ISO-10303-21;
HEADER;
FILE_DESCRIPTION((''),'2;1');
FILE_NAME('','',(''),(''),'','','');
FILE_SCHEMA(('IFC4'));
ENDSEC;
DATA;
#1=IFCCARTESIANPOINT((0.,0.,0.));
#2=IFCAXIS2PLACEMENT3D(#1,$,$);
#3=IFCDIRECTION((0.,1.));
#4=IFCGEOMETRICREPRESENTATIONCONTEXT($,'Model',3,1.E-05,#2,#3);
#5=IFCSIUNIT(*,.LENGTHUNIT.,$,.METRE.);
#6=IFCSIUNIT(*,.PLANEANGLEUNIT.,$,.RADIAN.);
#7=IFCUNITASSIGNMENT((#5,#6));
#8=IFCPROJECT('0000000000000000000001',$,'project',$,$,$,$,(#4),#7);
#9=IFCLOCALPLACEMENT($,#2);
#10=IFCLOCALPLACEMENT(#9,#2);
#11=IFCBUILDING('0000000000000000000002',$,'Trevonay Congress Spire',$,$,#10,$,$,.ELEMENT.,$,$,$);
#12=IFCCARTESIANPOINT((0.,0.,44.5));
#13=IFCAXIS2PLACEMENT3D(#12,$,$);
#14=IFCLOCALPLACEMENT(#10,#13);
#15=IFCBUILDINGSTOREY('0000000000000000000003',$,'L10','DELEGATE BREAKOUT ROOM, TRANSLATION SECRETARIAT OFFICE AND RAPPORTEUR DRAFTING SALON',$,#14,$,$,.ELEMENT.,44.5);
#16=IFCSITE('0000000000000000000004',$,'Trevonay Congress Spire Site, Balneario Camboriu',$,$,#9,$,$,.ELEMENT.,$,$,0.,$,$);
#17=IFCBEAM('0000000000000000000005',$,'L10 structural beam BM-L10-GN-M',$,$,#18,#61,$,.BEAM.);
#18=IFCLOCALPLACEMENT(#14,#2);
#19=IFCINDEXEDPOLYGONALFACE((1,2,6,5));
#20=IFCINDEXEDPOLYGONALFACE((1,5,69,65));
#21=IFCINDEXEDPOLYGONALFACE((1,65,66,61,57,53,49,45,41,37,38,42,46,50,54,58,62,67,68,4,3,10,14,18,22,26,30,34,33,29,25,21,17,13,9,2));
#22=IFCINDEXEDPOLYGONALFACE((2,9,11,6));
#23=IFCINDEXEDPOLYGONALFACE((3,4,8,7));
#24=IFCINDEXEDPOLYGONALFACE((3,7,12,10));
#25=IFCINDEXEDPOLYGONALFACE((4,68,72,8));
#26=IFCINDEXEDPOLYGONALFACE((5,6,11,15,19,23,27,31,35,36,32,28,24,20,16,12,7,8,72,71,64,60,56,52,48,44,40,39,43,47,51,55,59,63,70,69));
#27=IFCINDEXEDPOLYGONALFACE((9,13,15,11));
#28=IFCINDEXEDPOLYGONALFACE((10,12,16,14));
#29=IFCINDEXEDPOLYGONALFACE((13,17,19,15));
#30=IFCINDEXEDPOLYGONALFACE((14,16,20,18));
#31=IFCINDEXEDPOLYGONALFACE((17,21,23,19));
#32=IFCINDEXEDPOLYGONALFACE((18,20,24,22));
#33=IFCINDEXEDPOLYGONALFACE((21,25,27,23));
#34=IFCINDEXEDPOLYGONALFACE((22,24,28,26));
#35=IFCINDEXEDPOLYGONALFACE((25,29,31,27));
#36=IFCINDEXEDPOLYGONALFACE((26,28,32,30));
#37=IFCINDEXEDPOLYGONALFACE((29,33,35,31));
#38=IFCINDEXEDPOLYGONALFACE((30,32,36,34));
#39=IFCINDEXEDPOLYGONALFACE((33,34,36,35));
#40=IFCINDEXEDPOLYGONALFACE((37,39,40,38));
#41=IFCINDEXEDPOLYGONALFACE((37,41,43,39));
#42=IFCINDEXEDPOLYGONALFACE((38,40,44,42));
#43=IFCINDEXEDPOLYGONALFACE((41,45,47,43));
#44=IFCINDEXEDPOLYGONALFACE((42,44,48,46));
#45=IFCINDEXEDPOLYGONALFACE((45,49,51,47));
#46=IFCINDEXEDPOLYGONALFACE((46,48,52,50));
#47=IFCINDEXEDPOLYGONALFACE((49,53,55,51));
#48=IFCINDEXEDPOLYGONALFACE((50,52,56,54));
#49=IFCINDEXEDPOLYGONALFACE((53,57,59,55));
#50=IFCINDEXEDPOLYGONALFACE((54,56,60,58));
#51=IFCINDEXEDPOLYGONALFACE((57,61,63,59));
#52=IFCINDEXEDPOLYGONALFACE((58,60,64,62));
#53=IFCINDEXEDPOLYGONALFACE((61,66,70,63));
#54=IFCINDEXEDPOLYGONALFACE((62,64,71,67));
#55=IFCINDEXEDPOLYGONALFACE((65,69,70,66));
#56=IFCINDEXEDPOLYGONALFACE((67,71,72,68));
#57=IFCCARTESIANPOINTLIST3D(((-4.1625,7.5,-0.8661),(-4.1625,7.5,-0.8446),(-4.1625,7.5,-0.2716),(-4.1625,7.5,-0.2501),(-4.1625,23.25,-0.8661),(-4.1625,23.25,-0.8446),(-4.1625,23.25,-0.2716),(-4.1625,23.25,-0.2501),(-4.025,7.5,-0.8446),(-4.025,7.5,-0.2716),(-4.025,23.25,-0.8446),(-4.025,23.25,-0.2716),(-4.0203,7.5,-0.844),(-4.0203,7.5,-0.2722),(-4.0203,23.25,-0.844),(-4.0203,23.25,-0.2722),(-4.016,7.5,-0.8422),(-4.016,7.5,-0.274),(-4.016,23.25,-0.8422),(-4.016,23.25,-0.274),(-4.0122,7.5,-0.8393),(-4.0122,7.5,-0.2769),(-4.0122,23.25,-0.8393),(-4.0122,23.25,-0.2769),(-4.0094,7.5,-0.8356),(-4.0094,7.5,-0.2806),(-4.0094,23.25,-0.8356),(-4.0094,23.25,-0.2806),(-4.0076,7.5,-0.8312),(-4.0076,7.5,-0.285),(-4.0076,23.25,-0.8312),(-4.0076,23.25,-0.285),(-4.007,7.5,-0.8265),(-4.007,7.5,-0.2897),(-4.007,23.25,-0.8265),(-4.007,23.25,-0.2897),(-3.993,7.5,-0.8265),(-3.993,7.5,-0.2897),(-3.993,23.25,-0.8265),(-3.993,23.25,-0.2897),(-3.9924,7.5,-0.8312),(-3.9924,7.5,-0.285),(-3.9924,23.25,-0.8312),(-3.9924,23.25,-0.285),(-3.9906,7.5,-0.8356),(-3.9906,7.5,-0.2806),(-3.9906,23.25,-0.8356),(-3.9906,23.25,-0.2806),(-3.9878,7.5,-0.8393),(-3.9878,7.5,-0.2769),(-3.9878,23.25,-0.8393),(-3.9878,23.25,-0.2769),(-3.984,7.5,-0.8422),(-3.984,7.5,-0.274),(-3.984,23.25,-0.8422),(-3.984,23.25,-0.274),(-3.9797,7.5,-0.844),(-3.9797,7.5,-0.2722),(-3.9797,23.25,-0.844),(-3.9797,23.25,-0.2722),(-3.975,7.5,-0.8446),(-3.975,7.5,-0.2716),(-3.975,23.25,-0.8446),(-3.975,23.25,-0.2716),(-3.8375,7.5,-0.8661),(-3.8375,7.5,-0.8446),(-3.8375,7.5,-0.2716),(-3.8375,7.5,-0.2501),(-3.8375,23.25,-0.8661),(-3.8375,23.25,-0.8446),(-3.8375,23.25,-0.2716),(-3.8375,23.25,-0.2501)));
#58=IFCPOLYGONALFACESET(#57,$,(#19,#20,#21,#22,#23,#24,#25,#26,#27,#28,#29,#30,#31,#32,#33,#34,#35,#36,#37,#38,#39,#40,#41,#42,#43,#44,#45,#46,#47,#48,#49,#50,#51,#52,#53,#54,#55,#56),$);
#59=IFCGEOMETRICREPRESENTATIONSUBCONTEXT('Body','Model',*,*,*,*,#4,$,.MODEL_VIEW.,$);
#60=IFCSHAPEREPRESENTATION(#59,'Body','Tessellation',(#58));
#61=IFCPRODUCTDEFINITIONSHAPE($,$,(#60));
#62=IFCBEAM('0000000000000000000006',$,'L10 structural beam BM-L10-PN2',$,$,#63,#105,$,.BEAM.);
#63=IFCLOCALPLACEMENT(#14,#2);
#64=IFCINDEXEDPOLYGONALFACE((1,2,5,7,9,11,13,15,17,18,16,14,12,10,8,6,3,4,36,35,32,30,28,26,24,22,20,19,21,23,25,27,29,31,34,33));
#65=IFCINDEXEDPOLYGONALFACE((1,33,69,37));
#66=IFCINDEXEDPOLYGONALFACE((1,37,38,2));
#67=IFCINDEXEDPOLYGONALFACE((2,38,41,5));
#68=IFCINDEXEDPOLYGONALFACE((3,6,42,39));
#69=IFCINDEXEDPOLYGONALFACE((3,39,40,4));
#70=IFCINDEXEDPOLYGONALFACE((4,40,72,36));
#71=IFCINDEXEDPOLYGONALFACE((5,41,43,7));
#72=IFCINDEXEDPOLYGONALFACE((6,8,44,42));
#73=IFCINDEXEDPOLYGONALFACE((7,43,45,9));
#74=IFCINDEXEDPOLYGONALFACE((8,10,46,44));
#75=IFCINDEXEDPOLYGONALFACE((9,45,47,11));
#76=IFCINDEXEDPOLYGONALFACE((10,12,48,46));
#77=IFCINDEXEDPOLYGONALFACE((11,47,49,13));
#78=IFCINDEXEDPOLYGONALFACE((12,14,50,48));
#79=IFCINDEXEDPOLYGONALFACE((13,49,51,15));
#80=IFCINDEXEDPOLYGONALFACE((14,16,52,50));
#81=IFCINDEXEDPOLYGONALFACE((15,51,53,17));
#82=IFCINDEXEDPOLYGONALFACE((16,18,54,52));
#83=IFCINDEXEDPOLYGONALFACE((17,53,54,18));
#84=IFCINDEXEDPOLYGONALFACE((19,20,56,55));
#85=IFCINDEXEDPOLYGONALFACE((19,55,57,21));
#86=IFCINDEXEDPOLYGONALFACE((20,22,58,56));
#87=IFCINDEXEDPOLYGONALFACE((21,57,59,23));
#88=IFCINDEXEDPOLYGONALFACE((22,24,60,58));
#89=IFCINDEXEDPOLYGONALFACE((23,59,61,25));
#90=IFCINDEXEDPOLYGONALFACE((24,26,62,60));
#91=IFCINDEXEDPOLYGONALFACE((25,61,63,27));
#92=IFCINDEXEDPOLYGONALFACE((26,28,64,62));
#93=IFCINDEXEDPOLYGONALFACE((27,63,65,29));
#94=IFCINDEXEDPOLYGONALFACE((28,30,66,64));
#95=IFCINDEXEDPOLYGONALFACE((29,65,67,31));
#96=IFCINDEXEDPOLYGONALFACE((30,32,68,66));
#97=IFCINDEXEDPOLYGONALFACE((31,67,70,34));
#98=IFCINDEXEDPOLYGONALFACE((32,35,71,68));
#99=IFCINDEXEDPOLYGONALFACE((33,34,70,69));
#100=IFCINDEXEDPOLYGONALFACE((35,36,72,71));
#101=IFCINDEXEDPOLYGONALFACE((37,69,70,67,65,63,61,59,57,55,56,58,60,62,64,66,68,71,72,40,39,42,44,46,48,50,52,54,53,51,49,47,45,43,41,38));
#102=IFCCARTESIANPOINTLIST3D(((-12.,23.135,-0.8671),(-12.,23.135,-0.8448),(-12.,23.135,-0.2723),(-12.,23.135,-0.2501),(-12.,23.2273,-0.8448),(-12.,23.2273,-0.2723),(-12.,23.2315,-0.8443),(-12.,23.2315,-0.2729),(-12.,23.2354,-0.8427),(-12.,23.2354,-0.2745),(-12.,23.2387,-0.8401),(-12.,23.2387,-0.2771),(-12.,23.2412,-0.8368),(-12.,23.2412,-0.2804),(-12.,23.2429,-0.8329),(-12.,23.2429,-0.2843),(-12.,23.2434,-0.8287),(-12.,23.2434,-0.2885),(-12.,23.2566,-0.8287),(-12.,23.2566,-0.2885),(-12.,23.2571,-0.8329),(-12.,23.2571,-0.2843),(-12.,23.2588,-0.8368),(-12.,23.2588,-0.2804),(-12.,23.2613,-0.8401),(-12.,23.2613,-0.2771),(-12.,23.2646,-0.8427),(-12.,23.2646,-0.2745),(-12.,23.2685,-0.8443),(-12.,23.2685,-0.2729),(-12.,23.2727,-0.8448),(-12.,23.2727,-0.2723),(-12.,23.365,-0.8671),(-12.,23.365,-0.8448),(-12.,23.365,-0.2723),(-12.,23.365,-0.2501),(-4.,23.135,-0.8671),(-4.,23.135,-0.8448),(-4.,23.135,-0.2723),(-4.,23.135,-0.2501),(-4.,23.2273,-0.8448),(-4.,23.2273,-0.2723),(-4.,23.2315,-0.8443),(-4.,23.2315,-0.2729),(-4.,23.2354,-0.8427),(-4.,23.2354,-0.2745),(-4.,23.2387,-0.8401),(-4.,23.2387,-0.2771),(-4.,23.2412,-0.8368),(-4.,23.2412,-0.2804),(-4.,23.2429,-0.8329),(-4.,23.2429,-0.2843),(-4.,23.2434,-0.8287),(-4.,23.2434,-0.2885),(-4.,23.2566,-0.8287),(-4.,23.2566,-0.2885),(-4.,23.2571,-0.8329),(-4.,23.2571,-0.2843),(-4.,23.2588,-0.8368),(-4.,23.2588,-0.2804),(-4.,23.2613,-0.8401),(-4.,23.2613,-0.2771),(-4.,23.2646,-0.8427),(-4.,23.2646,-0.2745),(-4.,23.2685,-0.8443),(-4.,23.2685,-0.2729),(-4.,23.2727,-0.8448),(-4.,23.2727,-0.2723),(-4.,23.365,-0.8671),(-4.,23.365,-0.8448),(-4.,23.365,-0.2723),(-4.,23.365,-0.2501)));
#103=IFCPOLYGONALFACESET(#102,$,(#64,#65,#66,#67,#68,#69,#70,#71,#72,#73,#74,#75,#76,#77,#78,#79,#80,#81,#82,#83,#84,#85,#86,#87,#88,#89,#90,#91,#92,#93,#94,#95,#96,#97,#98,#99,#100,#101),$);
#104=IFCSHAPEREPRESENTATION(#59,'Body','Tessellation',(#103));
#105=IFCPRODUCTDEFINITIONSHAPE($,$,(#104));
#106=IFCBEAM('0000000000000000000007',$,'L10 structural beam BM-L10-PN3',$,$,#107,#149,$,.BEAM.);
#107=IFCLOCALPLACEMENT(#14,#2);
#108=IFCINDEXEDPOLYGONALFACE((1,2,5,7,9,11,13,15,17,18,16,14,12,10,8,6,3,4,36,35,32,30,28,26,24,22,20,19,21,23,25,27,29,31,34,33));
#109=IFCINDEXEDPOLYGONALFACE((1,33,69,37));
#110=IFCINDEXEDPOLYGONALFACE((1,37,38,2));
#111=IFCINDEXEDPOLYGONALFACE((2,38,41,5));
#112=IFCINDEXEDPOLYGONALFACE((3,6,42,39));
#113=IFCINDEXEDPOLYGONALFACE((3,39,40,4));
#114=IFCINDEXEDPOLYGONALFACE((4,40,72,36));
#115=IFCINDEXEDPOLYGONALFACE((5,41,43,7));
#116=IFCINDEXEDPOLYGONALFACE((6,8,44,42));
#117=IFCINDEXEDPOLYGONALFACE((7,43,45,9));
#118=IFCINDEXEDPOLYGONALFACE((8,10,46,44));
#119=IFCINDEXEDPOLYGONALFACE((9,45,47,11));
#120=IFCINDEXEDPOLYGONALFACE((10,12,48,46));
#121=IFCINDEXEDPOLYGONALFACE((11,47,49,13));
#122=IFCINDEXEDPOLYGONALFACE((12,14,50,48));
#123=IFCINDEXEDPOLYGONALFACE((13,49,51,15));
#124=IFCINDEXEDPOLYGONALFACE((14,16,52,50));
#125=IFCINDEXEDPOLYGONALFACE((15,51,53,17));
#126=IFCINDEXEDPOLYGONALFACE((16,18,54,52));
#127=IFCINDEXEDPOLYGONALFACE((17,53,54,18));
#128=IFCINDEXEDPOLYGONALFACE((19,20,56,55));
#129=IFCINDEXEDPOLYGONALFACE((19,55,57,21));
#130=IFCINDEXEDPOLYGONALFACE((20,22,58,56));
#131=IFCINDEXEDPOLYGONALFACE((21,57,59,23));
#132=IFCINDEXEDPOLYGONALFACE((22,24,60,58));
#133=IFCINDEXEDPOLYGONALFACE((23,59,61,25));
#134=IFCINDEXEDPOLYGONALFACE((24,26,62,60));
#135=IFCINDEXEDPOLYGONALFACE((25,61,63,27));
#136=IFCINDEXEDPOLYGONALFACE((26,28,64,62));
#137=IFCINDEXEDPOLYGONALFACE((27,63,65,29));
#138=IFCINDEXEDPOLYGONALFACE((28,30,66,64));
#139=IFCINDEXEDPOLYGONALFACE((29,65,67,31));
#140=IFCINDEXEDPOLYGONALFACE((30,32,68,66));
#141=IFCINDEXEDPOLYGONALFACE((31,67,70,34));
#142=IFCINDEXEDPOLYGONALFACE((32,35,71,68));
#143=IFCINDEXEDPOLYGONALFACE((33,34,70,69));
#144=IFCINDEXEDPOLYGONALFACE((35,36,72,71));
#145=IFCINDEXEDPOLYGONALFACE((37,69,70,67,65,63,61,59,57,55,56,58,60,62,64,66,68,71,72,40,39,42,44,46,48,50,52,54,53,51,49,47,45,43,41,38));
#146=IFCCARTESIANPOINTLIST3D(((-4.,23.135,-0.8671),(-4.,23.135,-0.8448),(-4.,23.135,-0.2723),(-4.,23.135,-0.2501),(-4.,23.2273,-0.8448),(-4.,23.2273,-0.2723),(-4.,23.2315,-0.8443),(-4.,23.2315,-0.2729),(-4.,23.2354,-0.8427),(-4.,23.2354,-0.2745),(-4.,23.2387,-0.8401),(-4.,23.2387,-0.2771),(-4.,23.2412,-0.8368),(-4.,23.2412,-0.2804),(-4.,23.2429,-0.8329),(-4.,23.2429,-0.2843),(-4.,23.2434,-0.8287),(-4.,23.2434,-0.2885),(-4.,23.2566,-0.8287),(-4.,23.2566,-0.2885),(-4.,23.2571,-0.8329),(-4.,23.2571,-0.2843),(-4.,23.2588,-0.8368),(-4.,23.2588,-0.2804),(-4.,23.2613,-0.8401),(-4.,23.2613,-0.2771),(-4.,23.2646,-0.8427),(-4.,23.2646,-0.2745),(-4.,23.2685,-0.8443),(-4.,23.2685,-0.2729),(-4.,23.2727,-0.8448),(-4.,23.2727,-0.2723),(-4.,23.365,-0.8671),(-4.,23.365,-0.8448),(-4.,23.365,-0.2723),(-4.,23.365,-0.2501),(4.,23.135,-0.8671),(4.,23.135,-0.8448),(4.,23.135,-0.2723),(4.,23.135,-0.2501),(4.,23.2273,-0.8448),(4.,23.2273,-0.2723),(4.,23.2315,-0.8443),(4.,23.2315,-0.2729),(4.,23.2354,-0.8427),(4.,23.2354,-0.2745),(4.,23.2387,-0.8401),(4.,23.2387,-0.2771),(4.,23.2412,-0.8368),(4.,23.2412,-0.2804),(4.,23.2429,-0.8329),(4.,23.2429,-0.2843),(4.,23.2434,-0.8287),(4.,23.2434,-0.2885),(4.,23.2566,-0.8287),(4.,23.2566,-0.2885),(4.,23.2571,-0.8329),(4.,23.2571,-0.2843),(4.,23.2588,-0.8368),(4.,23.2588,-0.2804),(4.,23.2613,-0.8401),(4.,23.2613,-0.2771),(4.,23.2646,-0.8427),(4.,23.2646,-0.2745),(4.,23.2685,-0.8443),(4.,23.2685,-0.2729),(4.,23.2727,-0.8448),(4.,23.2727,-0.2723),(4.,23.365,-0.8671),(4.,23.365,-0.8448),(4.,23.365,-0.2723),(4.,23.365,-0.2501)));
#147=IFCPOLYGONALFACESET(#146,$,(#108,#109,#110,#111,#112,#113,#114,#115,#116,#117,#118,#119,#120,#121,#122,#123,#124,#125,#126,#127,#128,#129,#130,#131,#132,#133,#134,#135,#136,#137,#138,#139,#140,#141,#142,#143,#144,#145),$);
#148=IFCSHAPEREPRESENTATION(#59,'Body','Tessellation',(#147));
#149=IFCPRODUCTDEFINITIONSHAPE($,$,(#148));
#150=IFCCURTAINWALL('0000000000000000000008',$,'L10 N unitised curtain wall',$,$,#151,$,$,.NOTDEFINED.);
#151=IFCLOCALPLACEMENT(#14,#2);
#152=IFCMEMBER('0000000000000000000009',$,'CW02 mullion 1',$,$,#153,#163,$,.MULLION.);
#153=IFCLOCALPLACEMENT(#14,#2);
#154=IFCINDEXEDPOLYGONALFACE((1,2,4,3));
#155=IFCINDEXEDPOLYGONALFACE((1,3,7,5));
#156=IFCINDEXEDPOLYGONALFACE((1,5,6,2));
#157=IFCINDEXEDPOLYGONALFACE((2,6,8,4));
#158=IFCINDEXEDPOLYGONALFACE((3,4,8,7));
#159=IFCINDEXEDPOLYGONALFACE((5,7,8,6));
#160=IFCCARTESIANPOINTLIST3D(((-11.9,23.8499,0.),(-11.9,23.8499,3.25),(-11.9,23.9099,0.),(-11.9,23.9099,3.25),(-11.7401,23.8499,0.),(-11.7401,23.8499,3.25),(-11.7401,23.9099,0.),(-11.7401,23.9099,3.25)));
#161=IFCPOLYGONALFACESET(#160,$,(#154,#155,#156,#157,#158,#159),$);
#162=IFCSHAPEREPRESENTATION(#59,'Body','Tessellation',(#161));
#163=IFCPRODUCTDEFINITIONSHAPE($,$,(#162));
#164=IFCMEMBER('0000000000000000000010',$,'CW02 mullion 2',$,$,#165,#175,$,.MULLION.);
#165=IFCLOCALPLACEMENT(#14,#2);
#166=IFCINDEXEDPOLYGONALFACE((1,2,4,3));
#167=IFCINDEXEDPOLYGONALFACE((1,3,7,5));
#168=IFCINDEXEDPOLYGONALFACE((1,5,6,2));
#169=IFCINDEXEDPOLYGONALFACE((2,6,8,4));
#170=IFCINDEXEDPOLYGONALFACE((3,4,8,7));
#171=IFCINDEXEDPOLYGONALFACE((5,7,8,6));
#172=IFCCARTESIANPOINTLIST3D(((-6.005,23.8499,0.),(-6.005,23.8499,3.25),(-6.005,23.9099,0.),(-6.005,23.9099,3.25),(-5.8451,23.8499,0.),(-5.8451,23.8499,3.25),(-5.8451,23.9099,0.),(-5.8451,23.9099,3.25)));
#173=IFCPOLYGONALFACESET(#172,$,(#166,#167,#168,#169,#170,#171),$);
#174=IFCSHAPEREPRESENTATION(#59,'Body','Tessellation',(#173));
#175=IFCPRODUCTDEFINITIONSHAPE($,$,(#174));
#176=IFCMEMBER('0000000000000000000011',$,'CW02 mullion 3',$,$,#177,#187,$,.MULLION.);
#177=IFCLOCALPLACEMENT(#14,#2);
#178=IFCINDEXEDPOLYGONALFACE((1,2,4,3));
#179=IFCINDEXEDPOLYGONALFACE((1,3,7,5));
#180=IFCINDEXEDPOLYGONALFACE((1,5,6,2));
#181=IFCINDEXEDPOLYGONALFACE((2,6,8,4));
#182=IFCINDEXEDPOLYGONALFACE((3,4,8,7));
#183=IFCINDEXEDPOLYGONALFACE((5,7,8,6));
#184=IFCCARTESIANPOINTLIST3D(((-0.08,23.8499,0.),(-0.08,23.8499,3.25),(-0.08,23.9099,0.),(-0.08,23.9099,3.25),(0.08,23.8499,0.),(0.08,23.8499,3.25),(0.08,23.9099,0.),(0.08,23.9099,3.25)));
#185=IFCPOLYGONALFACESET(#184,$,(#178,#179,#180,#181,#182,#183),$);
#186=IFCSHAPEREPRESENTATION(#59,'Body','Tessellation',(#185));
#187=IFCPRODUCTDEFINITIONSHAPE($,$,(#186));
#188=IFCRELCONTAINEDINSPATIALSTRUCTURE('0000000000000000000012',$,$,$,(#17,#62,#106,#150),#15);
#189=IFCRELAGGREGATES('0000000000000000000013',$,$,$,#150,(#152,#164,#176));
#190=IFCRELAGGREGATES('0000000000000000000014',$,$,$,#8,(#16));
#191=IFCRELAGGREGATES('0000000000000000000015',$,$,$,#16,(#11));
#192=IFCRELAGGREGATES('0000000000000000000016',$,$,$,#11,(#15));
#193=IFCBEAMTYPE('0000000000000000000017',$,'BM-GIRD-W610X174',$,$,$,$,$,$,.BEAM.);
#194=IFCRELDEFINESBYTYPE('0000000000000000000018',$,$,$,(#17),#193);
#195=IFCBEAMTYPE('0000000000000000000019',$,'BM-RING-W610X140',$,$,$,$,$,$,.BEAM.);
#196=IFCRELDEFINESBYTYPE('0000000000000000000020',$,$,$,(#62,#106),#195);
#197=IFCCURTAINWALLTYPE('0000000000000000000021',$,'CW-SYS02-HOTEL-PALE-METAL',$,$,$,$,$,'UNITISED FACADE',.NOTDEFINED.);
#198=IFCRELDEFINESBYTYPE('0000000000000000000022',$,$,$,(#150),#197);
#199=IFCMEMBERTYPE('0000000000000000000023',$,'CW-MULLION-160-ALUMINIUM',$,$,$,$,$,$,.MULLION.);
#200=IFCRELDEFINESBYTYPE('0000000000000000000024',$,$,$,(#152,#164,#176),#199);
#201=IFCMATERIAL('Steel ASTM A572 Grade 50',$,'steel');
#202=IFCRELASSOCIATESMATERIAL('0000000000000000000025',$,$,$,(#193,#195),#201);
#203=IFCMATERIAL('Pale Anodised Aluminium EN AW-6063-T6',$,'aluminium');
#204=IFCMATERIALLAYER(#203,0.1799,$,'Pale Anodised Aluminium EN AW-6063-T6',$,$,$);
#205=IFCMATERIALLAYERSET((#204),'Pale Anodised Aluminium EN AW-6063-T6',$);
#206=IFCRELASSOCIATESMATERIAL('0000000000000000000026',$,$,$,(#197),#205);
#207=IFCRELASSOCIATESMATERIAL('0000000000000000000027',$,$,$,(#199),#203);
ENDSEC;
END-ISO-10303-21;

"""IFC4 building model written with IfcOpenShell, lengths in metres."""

from ifc_helpers import new_model, si_unit, direction, frame, origin, origin_2d, place, context, subcontext, project, spatial, rectangle, i_section, extrude, material, layer, layer_set, material_profile, profile_set, type_object, element, aggregate, save


model = new_model("IFC4")

# Units and contexts
model_context = context("Model", 3, precision=1e-05, world=origin(), true_north=direction((0.0, 1.0)))
body_context = subcontext(model_context, "Body", "Model", "MODEL_VIEW")
ifc_project = project(units=[si_unit("LENGTHUNIT", "METRE"), si_unit("PLANEANGLEUNIT", "RADIAN")], contexts=[model_context])

# Site, building, storey
site_placement = place(None, origin())
site = spatial("IfcSite", under=ifc_project, at=site_placement, Name="Trevonay Congress Spire Site, Balneario Camboriu", CompositionType="ELEMENT", RefElevation=0.0)
building_placement = place(site_placement, origin())
building = spatial("IfcBuilding", under=site, at=building_placement, Name="Trevonay Congress Spire", CompositionType="ELEMENT")
storey_placement = place(building_placement, frame((0.0, 0.0, 44.5)))
storey = spatial("IfcBuildingStorey", under=building, at=storey_placement, Name="L10", Description="DELEGATE BREAKOUT ROOM, TRANSLATION SECRETARIAT OFFICE AND RAPPORTEUR DRAFTING SALON", CompositionType="ELEMENT", Elevation=44.5)

# Shared definitions
ifc_material_1 = material(Name="Steel ASTM A572 Grade 50", Category="steel")

# Beams
ifc_material_profile_1 = material_profile(ifc_material_1, i_section(OverallWidth=0.325, OverallDepth=0.616, WebThickness=0.0139, FlangeThickness=0.0215, FilletRadius=0.0181, at=origin_2d()), Name="W610x174")
ifc_profile_set_1 = profile_set([ifc_material_profile_1], Name="Steel ASTM A572 Grade 50")
beam_type_1 = type_object("IfcBeamType", Name="BM-GIRD-W610X174", PredefinedType="BEAM", material=ifc_profile_set_1)
beam_1_placement = place(storey_placement, frame((-4.0, 7.5, -0.5581), z_axis=(0.0, 1.0, 0.0), x_axis=(-1.0, 0.0, 0.0)))
element("IfcBeam", 1, at=beam_1_placement, inside=storey, type_object=beam_type_1, Name="L10 structural beam BM-L10-GN-M", PredefinedType="BEAM", context=body_context, shape_type="SweptSolid", body=[
    extrude(i_section(OverallWidth=0.325, OverallDepth=0.616, WebThickness=0.0139, FlangeThickness=0.0215, FilletRadius=0.0181, at=origin_2d()), origin(), (0.0, 0.0, 1.0), 15.75),
])
ifc_material_profile_2 = material_profile(ifc_material_1, i_section(OverallWidth=0.23, OverallDepth=0.6169, WebThickness=0.0132, FlangeThickness=0.0222, FilletRadius=0.0161, at=origin_2d()), Name="W610x140")
ifc_profile_set_2 = profile_set([ifc_material_profile_2], Name="Steel ASTM A572 Grade 50")
beam_type_2 = type_object("IfcBeamType", Name="BM-RING-W610X140", PredefinedType="BEAM", material=ifc_profile_set_2)
for number, where, z_axis, x_axis, name in (
    (2, (-12.0, 23.25, -0.5586), (1.0, 0.0, 0.0), (0.0, 1.0, 0.0), "L10 structural beam BM-L10-PN2"),
    (3, (-4.0, 23.25, -0.5586), (1.0, 0.0, 0.0), (0.0, 1.0, 0.0), "L10 structural beam BM-L10-PN3"),
):
    element("IfcBeam", number, at=place(storey_placement, frame(where, z_axis=z_axis, x_axis=x_axis)), inside=storey, type_object=beam_type_2, Name=name, PredefinedType="BEAM", context=body_context, shape_type="SweptSolid", body=[
        extrude(i_section(OverallWidth=0.23, OverallDepth=0.6169, WebThickness=0.0132, FlangeThickness=0.0222, FilletRadius=0.0161, at=origin_2d()), origin(), (0.0, 0.0, 1.0), 8.0),
    ])

# Curtain wall, members
ifc_material_2 = material(Name="Pale Anodised Aluminium EN AW-6063-T6", Category="aluminium")
ifc_layer_1 = layer(ifc_material_2, 0.1799, Name="Pale Anodised Aluminium EN AW-6063-T6")
ifc_layer_set_1 = layer_set([ifc_layer_1], Name="Pale Anodised Aluminium EN AW-6063-T6")
curtain_wall_type = type_object("IfcCurtainWallType", Name="CW-SYS02-HOTEL-PALE-METAL", ElementType="UNITISED FACADE", PredefinedType="NOTDEFINED", material=ifc_layer_set_1)
curtain_wall_placement = place(storey_placement, origin())
curtain_wall = element("IfcCurtainWall", 4, at=curtain_wall_placement, inside=storey, type_object=curtain_wall_type, Name="L10 N unitised curtain wall", PredefinedType="NOTDEFINED")
ifc_material_profile_3 = material_profile(ifc_material_2, rectangle(XDim=0.0601, YDim=0.1599, at=origin_2d()), Name="CW-MULLION-160-ALUMINIUM")
ifc_profile_set_3 = profile_set([ifc_material_profile_3], Name="Pale Anodised Aluminium EN AW-6063-T6")
member_type_1 = type_object("IfcMemberType", Name="CW-MULLION-160-ALUMINIUM", PredefinedType="MULLION", material=ifc_profile_set_3)
member_1_placement = place(storey_placement, frame((-11.8201, 23.8799, 0.0), z_axis=(0.0, 0.0, 1.0), x_axis=(0.0, 1.0, 0.0)))
member_1 = element("IfcMember", 5, at=member_1_placement, type_object=member_type_1, Name="CW02 mullion 1", PredefinedType="MULLION", context=body_context, shape_type="SweptSolid", body=[
    extrude(rectangle(XDim=0.0601, YDim=0.1599, at=origin_2d()), origin(), (0.0, 0.0, 1.0), 3.25),
])
member_2_placement = place(storey_placement, frame((-5.925, 23.8799, 0.0), z_axis=(0.0, 0.0, 1.0), x_axis=(0.0, 1.0, 0.0)))
member_2 = element("IfcMember", 6, at=member_2_placement, type_object=member_type_1, Name="CW02 mullion 2", PredefinedType="MULLION", context=body_context, shape_type="SweptSolid", body=[
    extrude(rectangle(XDim=0.0601, YDim=0.1599, at=origin_2d()), origin(), (0.0, 0.0, 1.0), 3.25),
])
member_3_placement = place(storey_placement, frame((0.0, 23.8799, 0.0), z_axis=(0.0, 0.0, 1.0), x_axis=(0.0, 1.0, 0.0)))
member_3 = element("IfcMember", 7, at=member_3_placement, type_object=member_type_1, Name="CW02 mullion 3", PredefinedType="MULLION", context=body_context, shape_type="SweptSolid", body=[
    extrude(rectangle(XDim=0.0601, YDim=0.1599, at=origin_2d()), origin(), (0.0, 0.0, 1.0), 3.25),
])

aggregate(curtain_wall, [member_1, member_2, member_3])

save(model, "model.ifc")
